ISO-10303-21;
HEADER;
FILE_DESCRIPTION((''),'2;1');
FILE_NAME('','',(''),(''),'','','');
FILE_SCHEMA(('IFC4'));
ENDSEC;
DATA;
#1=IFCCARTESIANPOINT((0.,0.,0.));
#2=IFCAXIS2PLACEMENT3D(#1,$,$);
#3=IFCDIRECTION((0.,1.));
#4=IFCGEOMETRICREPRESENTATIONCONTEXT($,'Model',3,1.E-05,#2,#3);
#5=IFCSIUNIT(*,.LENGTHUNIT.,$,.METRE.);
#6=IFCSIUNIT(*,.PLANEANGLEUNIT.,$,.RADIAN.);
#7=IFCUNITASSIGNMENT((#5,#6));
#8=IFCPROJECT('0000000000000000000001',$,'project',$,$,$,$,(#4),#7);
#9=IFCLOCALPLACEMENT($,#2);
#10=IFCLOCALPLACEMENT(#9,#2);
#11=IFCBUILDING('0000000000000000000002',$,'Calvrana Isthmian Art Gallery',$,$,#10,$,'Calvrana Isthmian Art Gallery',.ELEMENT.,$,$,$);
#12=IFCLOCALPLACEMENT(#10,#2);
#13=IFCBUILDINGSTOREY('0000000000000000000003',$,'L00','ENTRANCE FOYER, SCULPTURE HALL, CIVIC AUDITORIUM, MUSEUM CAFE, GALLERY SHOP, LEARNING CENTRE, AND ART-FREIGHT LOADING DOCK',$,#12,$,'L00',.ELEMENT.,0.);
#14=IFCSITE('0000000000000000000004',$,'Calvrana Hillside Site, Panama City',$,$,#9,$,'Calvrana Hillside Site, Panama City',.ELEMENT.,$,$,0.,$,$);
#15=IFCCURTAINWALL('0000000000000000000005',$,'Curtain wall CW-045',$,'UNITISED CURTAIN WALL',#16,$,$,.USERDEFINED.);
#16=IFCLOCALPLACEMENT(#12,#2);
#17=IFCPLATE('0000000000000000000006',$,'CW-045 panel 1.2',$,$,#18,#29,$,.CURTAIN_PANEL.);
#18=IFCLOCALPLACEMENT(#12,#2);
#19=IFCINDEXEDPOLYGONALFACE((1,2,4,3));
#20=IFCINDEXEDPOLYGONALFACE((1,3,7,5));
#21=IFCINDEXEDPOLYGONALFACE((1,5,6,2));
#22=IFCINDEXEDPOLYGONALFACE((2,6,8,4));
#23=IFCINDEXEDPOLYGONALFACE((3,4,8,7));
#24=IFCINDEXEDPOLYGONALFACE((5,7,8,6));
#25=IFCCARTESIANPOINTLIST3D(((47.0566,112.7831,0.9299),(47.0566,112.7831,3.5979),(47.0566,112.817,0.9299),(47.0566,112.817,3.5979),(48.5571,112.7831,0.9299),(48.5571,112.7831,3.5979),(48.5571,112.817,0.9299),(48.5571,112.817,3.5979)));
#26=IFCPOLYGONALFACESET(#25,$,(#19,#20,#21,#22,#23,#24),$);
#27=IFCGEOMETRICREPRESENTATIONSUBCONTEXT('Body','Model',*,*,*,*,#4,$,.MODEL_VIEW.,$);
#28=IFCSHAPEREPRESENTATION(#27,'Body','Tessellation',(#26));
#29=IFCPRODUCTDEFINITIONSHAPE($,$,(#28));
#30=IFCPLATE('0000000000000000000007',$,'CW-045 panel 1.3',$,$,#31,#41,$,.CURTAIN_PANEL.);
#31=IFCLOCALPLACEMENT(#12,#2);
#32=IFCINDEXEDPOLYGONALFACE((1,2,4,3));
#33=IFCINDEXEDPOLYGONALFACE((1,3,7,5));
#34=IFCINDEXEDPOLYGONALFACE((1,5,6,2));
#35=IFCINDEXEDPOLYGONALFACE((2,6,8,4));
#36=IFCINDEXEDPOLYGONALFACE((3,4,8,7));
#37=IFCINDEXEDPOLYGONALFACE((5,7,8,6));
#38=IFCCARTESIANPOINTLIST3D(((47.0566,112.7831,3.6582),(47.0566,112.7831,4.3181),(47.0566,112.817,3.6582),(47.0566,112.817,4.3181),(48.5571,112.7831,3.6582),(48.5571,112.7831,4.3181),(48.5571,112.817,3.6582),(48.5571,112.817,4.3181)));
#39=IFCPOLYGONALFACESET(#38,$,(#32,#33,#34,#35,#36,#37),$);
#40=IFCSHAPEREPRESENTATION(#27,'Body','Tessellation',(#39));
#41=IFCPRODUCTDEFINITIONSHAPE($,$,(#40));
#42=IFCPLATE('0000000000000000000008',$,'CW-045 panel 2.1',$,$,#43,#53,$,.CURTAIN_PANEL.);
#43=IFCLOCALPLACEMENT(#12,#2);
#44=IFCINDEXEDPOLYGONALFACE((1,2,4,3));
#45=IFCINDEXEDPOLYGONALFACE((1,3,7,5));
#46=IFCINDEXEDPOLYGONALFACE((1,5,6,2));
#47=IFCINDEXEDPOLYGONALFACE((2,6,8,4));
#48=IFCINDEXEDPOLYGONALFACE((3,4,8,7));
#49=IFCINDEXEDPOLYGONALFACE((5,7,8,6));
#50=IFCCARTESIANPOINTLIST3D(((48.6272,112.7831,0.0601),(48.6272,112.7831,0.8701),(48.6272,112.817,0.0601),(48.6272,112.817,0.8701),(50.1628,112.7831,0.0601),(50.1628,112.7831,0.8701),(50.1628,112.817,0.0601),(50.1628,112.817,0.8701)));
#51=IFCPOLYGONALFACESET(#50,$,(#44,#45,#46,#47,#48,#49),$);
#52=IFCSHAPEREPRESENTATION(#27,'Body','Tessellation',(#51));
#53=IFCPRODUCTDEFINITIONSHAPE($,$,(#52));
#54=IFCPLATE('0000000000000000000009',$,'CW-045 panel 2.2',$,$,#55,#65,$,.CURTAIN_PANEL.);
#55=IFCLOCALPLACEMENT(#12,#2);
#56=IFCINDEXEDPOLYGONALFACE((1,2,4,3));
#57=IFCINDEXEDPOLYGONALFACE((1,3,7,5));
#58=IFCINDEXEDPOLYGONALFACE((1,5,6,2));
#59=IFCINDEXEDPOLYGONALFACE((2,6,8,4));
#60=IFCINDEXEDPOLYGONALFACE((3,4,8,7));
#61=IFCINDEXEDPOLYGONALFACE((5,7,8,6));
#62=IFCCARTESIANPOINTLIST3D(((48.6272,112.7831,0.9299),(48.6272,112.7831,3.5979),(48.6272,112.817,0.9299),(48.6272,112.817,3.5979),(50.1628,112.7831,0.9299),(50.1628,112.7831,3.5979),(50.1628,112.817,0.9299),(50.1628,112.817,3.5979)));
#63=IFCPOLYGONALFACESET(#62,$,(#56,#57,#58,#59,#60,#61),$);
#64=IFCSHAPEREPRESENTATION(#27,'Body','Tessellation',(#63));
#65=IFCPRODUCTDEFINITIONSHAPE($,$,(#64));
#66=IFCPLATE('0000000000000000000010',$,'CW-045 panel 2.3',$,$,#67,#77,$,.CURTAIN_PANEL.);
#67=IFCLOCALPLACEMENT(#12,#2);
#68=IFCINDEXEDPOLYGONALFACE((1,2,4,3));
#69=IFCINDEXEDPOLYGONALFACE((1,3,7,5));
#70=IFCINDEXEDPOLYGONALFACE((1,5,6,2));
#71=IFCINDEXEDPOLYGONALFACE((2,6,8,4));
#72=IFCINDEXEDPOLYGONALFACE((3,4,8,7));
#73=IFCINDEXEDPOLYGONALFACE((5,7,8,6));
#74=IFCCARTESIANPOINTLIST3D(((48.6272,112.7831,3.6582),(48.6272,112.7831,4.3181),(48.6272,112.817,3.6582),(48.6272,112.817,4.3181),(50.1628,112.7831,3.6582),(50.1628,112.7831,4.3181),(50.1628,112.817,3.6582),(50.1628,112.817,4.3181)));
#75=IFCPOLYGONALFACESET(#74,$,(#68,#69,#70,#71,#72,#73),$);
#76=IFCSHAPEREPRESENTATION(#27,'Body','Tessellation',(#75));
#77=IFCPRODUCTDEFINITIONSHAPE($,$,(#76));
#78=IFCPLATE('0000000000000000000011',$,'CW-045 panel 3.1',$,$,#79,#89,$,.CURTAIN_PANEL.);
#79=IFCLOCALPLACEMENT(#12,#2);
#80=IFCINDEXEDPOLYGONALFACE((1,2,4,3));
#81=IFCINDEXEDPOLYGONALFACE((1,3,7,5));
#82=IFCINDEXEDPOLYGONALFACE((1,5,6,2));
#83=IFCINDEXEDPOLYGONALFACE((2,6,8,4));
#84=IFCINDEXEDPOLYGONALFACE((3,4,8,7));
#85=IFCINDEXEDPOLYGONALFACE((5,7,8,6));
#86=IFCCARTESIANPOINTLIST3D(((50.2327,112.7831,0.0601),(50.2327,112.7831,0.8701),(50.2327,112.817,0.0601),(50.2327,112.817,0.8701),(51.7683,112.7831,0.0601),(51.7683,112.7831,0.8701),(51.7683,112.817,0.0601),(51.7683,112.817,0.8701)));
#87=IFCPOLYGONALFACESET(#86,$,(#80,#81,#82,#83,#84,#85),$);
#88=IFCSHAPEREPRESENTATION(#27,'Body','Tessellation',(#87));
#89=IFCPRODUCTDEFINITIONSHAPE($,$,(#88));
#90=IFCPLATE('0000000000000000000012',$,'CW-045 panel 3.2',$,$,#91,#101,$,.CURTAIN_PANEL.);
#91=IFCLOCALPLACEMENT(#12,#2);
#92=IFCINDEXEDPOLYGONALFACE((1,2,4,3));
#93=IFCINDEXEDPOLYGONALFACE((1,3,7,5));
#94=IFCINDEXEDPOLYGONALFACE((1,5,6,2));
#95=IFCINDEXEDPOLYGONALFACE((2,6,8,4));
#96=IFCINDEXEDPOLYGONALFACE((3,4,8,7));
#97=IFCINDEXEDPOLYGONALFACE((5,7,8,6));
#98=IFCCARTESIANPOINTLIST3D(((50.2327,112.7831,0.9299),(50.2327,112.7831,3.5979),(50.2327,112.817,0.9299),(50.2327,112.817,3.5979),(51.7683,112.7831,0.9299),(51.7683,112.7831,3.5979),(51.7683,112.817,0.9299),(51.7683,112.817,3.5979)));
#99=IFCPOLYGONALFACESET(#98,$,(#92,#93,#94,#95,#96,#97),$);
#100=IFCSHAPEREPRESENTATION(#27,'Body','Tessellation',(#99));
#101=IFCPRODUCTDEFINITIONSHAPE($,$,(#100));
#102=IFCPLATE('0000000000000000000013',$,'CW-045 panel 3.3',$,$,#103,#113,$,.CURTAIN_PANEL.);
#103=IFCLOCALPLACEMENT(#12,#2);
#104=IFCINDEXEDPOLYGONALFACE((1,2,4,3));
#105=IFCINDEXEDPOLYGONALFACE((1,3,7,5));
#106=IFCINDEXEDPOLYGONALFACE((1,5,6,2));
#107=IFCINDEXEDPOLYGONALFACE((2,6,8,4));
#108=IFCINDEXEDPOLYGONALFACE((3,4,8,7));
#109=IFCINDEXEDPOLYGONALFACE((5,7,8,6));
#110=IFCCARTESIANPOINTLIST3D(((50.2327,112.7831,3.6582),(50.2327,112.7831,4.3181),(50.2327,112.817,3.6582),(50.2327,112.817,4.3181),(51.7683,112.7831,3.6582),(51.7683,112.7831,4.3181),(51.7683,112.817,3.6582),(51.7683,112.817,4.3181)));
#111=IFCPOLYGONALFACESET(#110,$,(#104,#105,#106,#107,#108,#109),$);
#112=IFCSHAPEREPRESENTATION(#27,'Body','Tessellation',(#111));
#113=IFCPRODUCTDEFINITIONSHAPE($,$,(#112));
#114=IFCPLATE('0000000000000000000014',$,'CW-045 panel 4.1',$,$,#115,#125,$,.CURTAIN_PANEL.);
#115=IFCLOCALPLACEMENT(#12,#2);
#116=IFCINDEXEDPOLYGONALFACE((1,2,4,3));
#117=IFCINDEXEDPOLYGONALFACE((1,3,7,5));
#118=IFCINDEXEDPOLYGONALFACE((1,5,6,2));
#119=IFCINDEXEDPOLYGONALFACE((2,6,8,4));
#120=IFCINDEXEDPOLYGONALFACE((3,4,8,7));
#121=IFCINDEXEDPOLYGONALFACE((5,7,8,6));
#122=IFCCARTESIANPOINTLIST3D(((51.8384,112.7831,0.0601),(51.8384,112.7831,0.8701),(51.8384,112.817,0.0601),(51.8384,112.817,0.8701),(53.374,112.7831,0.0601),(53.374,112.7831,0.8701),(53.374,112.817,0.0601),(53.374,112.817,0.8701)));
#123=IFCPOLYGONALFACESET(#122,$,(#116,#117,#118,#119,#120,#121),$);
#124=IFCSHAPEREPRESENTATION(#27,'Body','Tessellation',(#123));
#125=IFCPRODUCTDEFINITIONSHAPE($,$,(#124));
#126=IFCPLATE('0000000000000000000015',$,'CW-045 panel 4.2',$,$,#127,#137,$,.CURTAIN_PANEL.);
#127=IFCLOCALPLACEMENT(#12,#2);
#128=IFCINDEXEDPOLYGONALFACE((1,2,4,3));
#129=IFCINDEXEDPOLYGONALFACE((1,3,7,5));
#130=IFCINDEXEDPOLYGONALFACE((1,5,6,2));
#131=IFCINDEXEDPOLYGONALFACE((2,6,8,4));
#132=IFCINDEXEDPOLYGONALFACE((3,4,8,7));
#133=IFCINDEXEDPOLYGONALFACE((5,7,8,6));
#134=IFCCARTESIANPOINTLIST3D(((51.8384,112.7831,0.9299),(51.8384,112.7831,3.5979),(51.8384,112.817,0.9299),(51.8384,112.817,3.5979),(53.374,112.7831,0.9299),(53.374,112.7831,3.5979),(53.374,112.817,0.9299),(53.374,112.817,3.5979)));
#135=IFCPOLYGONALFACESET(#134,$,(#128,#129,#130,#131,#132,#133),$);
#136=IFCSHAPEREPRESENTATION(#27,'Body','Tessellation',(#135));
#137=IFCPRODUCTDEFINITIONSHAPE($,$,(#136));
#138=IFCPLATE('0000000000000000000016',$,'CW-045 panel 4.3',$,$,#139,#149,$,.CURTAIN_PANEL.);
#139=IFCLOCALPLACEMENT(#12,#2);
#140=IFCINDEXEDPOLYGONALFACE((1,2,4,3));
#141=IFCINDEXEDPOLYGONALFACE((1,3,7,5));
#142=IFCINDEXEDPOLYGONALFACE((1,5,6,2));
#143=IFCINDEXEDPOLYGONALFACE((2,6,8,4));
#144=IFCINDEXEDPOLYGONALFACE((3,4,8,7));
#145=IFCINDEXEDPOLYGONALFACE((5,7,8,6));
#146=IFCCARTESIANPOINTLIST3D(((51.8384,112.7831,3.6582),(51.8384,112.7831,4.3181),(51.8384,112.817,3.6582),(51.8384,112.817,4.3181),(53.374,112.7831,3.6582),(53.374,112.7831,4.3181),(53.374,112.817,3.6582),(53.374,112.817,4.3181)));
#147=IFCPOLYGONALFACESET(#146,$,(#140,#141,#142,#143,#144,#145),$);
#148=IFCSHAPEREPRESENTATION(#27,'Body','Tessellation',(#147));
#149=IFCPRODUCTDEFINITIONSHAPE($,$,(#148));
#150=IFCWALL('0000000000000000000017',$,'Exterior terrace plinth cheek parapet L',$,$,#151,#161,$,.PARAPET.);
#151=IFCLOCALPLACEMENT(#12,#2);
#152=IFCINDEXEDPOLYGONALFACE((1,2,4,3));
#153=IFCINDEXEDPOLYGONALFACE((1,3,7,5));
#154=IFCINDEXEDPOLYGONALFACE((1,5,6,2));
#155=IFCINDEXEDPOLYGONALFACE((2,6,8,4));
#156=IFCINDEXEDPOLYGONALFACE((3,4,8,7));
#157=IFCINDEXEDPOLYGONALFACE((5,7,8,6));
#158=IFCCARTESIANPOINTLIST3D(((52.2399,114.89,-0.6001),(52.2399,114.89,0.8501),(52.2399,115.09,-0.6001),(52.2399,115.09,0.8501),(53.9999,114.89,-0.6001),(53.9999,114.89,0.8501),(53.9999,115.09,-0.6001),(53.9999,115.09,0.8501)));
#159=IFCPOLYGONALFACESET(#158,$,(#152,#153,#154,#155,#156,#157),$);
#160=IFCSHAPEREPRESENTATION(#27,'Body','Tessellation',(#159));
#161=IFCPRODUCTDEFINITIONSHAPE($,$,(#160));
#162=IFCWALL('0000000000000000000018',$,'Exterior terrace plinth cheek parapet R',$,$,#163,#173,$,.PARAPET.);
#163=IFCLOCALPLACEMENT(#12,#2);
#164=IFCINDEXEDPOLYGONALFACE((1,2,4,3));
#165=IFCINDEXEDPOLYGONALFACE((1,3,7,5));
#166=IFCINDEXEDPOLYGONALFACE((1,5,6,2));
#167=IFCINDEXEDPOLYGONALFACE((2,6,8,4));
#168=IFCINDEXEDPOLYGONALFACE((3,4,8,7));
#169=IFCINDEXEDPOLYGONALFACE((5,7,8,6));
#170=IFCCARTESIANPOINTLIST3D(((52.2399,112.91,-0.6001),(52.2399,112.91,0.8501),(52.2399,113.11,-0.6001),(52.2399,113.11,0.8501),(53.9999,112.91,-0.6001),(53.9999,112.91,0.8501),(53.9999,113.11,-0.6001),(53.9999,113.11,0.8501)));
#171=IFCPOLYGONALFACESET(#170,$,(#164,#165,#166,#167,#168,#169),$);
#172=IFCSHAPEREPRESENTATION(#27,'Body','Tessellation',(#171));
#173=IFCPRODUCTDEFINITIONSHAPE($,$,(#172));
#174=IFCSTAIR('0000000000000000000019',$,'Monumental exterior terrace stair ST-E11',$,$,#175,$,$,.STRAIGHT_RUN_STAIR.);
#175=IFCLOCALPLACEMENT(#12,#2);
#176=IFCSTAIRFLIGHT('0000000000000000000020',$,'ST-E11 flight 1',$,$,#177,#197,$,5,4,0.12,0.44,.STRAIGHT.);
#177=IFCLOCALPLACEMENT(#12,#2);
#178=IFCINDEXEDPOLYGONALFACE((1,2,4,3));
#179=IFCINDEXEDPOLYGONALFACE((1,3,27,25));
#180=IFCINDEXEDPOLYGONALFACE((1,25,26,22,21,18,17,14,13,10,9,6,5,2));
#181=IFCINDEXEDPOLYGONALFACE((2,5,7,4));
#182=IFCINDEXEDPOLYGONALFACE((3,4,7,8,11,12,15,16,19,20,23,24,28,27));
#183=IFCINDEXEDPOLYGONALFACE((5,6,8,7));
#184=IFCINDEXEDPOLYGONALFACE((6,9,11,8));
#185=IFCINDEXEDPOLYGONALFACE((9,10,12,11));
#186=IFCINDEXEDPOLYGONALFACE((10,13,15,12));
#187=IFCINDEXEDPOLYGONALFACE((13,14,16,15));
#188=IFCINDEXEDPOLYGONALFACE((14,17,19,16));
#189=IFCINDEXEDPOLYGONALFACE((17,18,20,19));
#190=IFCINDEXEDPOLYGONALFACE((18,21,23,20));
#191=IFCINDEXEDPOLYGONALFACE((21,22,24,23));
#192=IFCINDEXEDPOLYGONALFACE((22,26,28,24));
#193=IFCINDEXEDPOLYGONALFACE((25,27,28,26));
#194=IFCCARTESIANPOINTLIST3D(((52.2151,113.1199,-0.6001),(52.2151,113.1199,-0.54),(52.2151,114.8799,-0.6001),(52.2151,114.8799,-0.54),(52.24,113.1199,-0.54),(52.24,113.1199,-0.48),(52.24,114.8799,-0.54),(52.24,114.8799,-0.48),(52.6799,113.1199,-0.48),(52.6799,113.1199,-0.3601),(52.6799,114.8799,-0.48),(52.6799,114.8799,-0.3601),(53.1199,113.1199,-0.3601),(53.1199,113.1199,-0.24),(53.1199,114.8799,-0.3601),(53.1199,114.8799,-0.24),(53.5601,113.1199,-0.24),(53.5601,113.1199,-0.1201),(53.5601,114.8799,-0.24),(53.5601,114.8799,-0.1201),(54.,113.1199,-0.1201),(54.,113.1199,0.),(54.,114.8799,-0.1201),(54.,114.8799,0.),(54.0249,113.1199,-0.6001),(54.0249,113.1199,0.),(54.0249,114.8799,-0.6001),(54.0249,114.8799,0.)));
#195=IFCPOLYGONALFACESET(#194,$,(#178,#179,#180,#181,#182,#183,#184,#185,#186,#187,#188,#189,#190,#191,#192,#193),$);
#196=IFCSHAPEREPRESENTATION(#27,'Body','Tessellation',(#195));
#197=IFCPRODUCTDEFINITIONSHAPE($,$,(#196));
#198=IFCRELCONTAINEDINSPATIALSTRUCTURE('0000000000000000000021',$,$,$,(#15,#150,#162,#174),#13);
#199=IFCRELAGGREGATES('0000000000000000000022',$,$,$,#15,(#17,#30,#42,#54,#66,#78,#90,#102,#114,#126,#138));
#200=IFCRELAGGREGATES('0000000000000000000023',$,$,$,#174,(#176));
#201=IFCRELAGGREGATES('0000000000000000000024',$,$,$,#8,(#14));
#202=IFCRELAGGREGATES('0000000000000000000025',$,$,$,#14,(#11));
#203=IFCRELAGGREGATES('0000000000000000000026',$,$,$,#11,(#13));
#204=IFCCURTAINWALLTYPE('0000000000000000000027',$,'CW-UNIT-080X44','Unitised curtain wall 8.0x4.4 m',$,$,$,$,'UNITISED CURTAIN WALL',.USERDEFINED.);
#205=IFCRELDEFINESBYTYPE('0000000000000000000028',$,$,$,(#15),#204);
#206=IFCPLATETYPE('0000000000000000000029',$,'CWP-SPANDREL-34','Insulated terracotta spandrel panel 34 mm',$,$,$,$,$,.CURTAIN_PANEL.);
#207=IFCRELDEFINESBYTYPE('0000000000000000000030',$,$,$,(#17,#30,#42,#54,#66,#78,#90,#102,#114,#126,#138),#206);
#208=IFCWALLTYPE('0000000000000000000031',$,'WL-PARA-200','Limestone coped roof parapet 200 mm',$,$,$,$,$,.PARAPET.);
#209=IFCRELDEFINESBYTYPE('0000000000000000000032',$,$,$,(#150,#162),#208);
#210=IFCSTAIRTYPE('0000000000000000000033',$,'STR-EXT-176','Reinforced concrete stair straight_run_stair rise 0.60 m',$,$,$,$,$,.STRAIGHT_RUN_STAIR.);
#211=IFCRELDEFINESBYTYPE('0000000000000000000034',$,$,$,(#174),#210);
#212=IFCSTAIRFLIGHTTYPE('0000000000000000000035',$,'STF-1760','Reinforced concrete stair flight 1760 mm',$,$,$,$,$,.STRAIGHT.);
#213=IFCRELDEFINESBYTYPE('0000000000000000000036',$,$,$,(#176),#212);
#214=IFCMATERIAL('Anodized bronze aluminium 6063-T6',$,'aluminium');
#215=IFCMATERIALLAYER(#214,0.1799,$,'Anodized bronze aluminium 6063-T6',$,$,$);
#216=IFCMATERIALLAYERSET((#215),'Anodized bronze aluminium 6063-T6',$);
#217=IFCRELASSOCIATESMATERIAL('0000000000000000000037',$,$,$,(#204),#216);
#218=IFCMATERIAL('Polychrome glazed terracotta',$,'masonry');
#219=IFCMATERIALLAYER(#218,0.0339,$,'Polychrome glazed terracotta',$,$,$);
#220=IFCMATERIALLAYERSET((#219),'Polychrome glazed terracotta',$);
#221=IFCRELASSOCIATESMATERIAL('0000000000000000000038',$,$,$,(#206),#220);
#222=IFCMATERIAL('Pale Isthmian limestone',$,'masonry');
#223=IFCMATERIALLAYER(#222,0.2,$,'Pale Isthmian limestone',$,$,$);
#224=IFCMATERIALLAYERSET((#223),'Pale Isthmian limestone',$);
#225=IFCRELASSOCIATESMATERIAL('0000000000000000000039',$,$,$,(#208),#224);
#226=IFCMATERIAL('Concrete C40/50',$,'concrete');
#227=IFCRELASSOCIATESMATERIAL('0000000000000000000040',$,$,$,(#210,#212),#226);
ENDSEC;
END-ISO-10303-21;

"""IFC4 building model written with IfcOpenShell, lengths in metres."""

from ifc_helpers import new_model, si_unit, direction, frame, frame_2d, origin, origin_2d, place, context, subcontext, project, spatial, polyline, rectangle, outline, extrude, material, layer, layer_set, type_object, element, aggregate, save


model = new_model("IFC4")

# Units and contexts
model_context = context("Model", 3, precision=1e-05, world=origin(), true_north=direction((0.0, 1.0)))
body_context = subcontext(model_context, "Body", "Model", "MODEL_VIEW")
ifc_project = project(units=[si_unit("LENGTHUNIT", "METRE"), si_unit("PLANEANGLEUNIT", "RADIAN")], contexts=[model_context])

# Site, building, storey
site_placement = place(None, origin())
site = spatial("IfcSite", under=ifc_project, at=site_placement, Name="Calvrana Hillside Site, Panama City", LongName="Calvrana Hillside Site, Panama City", CompositionType="ELEMENT", RefElevation=0.0)
building_placement = place(site_placement, origin())
building = spatial("IfcBuilding", under=site, at=building_placement, Name="Calvrana Isthmian Art Gallery", LongName="Calvrana Isthmian Art Gallery", CompositionType="ELEMENT")
storey_placement = place(building_placement, origin())
storey = spatial("IfcBuildingStorey", under=building, at=storey_placement, Name="L00", Description="ENTRANCE FOYER, SCULPTURE HALL, CIVIC AUDITORIUM, MUSEUM CAFE, GALLERY SHOP, LEARNING CENTRE, AND ART-FREIGHT LOADING DOCK", LongName="L00", CompositionType="ELEMENT", Elevation=0.0)

# Curtain wall, plates
ifc_material_1 = material(Name="Anodized bronze aluminium 6063-T6", Category="aluminium")
ifc_layer_1 = layer(ifc_material_1, 0.1799, Name="Anodized bronze aluminium 6063-T6")
ifc_layer_set_1 = layer_set([ifc_layer_1], Name="Anodized bronze aluminium 6063-T6")
curtain_wall_type = type_object("IfcCurtainWallType", Name="CW-UNIT-080X44", Description="Unitised curtain wall 8.0x4.4 m", ElementType="UNITISED CURTAIN WALL", PredefinedType="USERDEFINED", material=ifc_layer_set_1)
curtain_wall_placement = place(storey_placement, origin())
curtain_wall = element("IfcCurtainWall", 1, at=curtain_wall_placement, inside=storey, type_object=curtain_wall_type, Name="Curtain wall CW-045", ObjectType="UNITISED CURTAIN WALL", PredefinedType="USERDEFINED")
ifc_material_2 = material(Name="Polychrome glazed terracotta", Category="masonry")
ifc_layer_2 = layer(ifc_material_2, 0.0339, Name="Polychrome glazed terracotta")
ifc_layer_set_2 = layer_set([ifc_layer_2], Name="Polychrome glazed terracotta")
plate_type = type_object("IfcPlateType", Name="CWP-SPANDREL-34", Description="Insulated terracotta spandrel panel 34 mm", PredefinedType="CURTAIN_PANEL", material=ifc_layer_set_2)
plate_1_placement = place(storey_placement, frame((47.8069, 112.8, 0.9299), z_axis=(0.0, 0.0, 1.0), x_axis=(1.0, 0.0, 0.0)))
plate_1 = element("IfcPlate", 2, at=plate_1_placement, type_object=plate_type, Name="CW-045 panel 1.2", PredefinedType="CURTAIN_PANEL", context=body_context, shape_type="SweptSolid", body=[
    extrude(rectangle(XDim=1.5005, YDim=0.0339, at=origin_2d()), origin(), (0.0, 0.0, 1.0), 2.668),
])
plate_2_placement = place(storey_placement, frame((47.8069, 112.8, 3.6582), z_axis=(0.0, 0.0, 1.0), x_axis=(1.0, 0.0, 0.0)))
plate_2 = element("IfcPlate", 3, at=plate_2_placement, type_object=plate_type, Name="CW-045 panel 1.3", PredefinedType="CURTAIN_PANEL", context=body_context, shape_type="SweptSolid", body=[
    extrude(rectangle(XDim=1.5005, YDim=0.0339, at=origin_2d()), origin(), (0.0, 0.0, 1.0), 0.6599),
])
plate_3_placement = place(storey_placement, frame((49.395, 112.8, 0.0601), z_axis=(0.0, 0.0, 1.0), x_axis=(1.0, 0.0, 0.0)))
plate_3 = element("IfcPlate", 4, at=plate_3_placement, type_object=plate_type, Name="CW-045 panel 2.1", PredefinedType="CURTAIN_PANEL", context=body_context, shape_type="SweptSolid", body=[
    extrude(rectangle(XDim=1.5356, YDim=0.0339, at=origin_2d()), origin(), (0.0, 0.0, 1.0), 0.8101),
])
plate_4_placement = place(storey_placement, frame((49.395, 112.8, 0.9299), z_axis=(0.0, 0.0, 1.0), x_axis=(1.0, 0.0, 0.0)))
plate_4 = element("IfcPlate", 5, at=plate_4_placement, type_object=plate_type, Name="CW-045 panel 2.2", PredefinedType="CURTAIN_PANEL", context=body_context, shape_type="SweptSolid", body=[
    extrude(rectangle(XDim=1.5356, YDim=0.0339, at=origin_2d()), origin(), (0.0, 0.0, 1.0), 2.668),
])
plate_5_placement = place(storey_placement, frame((49.395, 112.8, 3.6582), z_axis=(0.0, 0.0, 1.0), x_axis=(1.0, 0.0, 0.0)))
plate_5 = element("IfcPlate", 6, at=plate_5_placement, type_object=plate_type, Name="CW-045 panel 2.3", PredefinedType="CURTAIN_PANEL", context=body_context, shape_type="SweptSolid", body=[
    extrude(rectangle(XDim=1.5356, YDim=0.0339, at=origin_2d()), origin(), (0.0, 0.0, 1.0), 0.6599),
])
plate_6_placement = place(storey_placement, frame((51.0005, 112.8, 0.0601), z_axis=(0.0, 0.0, 1.0), x_axis=(1.0, 0.0, 0.0)))
plate_6 = element("IfcPlate", 7, at=plate_6_placement, type_object=plate_type, Name="CW-045 panel 3.1", PredefinedType="CURTAIN_PANEL", context=body_context, shape_type="SweptSolid", body=[
    extrude(rectangle(XDim=1.5356, YDim=0.0339, at=origin_2d()), origin(), (0.0, 0.0, 1.0), 0.8101),
])
plate_7_placement = place(storey_placement, frame((51.0005, 112.8, 0.9299), z_axis=(0.0, 0.0, 1.0), x_axis=(1.0, 0.0, 0.0)))
plate_7 = element("IfcPlate", 8, at=plate_7_placement, type_object=plate_type, Name="CW-045 panel 3.2", PredefinedType="CURTAIN_PANEL", context=body_context, shape_type="SweptSolid", body=[
    extrude(rectangle(XDim=1.5356, YDim=0.0339, at=origin_2d()), origin(), (0.0, 0.0, 1.0), 2.668),
])
plate_8_placement = place(storey_placement, frame((51.0005, 112.8, 3.6582), z_axis=(0.0, 0.0, 1.0), x_axis=(1.0, 0.0, 0.0)))
plate_8 = element("IfcPlate", 9, at=plate_8_placement, type_object=plate_type, Name="CW-045 panel 3.3", PredefinedType="CURTAIN_PANEL", context=body_context, shape_type="SweptSolid", body=[
    extrude(rectangle(XDim=1.5356, YDim=0.0339, at=origin_2d()), origin(), (0.0, 0.0, 1.0), 0.6599),
])
plate_9_placement = place(storey_placement, frame((52.6062, 112.8, 0.0601), z_axis=(0.0, 0.0, 1.0), x_axis=(1.0, 0.0, 0.0)))
plate_9 = element("IfcPlate", 10, at=plate_9_placement, type_object=plate_type, Name="CW-045 panel 4.1", PredefinedType="CURTAIN_PANEL", context=body_context, shape_type="SweptSolid", body=[
    extrude(rectangle(XDim=1.5356, YDim=0.0339, at=origin_2d()), origin(), (0.0, 0.0, 1.0), 0.8101),
])
plate_10_placement = place(storey_placement, frame((52.6062, 112.8, 0.9299), z_axis=(0.0, 0.0, 1.0), x_axis=(1.0, 0.0, 0.0)))
plate_10 = element("IfcPlate", 11, at=plate_10_placement, type_object=plate_type, Name="CW-045 panel 4.2", PredefinedType="CURTAIN_PANEL", context=body_context, shape_type="SweptSolid", body=[
    extrude(rectangle(XDim=1.5356, YDim=0.0339, at=origin_2d()), origin(), (0.0, 0.0, 1.0), 2.668),
])
plate_11_placement = place(storey_placement, frame((52.6062, 112.8, 3.6582), z_axis=(0.0, 0.0, 1.0), x_axis=(1.0, 0.0, 0.0)))
plate_11 = element("IfcPlate", 12, at=plate_11_placement, type_object=plate_type, Name="CW-045 panel 4.3", PredefinedType="CURTAIN_PANEL", context=body_context, shape_type="SweptSolid", body=[
    extrude(rectangle(XDim=1.5356, YDim=0.0339, at=origin_2d()), origin(), (0.0, 0.0, 1.0), 0.6599),
])
aggregate(curtain_wall, [plate_1, plate_2, plate_3, plate_4, plate_5, plate_6, plate_7, plate_8, plate_9, plate_10, plate_11])

# Walls
ifc_material_3 = material(Name="Pale Isthmian limestone", Category="masonry")
ifc_layer_3 = layer(ifc_material_3, 0.2, Name="Pale Isthmian limestone")
ifc_layer_set_3 = layer_set([ifc_layer_3], Name="Pale Isthmian limestone")
wall_type = type_object("IfcWallType", Name="WL-PARA-200", Description="Limestone coped roof parapet 200 mm", PredefinedType="PARAPET", material=ifc_layer_set_3)
for number, where, z_axis, x_axis, name in (
    (13, (52.24, 114.99, -0.6001), (0.0, 0.0, 1.0), (1.0, 0.0, 0.0), "Exterior terrace plinth cheek parapet L"),
    (14, (52.24, 113.01, -0.6001), (0.0, 0.0, 1.0), (1.0, 0.0, 0.0), "Exterior terrace plinth cheek parapet R"),
):
    element("IfcWall", number, at=place(storey_placement, frame(where, z_axis=z_axis, x_axis=x_axis)), inside=storey, type_object=wall_type, Name=name, PredefinedType="PARAPET", context=body_context, shape_type="SweptSolid", body=[
        extrude(rectangle(XDim=1.76, YDim=0.2, at=frame_2d((0.8799, 0.0))), origin(), (0.0, 0.0, 1.0), 1.4502),
    ])

# Stair, stair flight
ifc_material_4 = material(Name="Concrete C40/50", Category="concrete")
stair_type = type_object("IfcStairType", Name="STR-EXT-176", Description="Reinforced concrete stair straight_run_stair rise 0.60 m", PredefinedType="STRAIGHT_RUN_STAIR", material=ifc_material_4)
stair_placement = place(storey_placement, origin())
stair = element("IfcStair", 15, at=stair_placement, inside=storey, type_object=stair_type, Name="Monumental exterior terrace stair ST-E11", PredefinedType="STRAIGHT_RUN_STAIR")
stair_flight_type = type_object("IfcStairFlightType", Name="STF-1760", Description="Reinforced concrete stair flight 1760 mm", PredefinedType="STRAIGHT", material=ifc_material_4)
stair_flight_placement = place(storey_placement, frame((52.24, 114.0, -0.6001), z_axis=(0.0, 0.0, 1.0), x_axis=(1.0, 0.0, 0.0)))
stair_flight = element("IfcStairFlight", 16, at=stair_flight_placement, type_object=stair_flight_type, Name="ST-E11 flight 1", NumberOfRisers=5, NumberOfTreads=4, PredefinedType="STRAIGHT", RiserHeight=0.12, TreadLength=0.44, context=body_context, shape_type="SweptSolid", body=[
    extrude(outline(polyline([(-0.0249, 0.0), (-0.0249, 0.0601), (0.0, 0.0601), (0.0, 0.1201), (0.4399, 0.1201), (0.4399, 0.24), (0.8799, 0.24), (0.8799, 0.3601), (1.3201, 0.3601), (1.3201, 0.48), (1.76, 0.48), (1.76, 0.6001), (1.7849, 0.6001), (1.7849, 0.0), (-0.0249, 0.0)])), frame((0.0, 0.8799, 0.0), z_axis=(0.0, -1.0, 0.0), x_axis=(1.0, 0.0, 0.0)), (0.0, 0.0, 1.0), 1.76),
])
aggregate(stair, [stair_flight])

save(model, "model.ifc")
